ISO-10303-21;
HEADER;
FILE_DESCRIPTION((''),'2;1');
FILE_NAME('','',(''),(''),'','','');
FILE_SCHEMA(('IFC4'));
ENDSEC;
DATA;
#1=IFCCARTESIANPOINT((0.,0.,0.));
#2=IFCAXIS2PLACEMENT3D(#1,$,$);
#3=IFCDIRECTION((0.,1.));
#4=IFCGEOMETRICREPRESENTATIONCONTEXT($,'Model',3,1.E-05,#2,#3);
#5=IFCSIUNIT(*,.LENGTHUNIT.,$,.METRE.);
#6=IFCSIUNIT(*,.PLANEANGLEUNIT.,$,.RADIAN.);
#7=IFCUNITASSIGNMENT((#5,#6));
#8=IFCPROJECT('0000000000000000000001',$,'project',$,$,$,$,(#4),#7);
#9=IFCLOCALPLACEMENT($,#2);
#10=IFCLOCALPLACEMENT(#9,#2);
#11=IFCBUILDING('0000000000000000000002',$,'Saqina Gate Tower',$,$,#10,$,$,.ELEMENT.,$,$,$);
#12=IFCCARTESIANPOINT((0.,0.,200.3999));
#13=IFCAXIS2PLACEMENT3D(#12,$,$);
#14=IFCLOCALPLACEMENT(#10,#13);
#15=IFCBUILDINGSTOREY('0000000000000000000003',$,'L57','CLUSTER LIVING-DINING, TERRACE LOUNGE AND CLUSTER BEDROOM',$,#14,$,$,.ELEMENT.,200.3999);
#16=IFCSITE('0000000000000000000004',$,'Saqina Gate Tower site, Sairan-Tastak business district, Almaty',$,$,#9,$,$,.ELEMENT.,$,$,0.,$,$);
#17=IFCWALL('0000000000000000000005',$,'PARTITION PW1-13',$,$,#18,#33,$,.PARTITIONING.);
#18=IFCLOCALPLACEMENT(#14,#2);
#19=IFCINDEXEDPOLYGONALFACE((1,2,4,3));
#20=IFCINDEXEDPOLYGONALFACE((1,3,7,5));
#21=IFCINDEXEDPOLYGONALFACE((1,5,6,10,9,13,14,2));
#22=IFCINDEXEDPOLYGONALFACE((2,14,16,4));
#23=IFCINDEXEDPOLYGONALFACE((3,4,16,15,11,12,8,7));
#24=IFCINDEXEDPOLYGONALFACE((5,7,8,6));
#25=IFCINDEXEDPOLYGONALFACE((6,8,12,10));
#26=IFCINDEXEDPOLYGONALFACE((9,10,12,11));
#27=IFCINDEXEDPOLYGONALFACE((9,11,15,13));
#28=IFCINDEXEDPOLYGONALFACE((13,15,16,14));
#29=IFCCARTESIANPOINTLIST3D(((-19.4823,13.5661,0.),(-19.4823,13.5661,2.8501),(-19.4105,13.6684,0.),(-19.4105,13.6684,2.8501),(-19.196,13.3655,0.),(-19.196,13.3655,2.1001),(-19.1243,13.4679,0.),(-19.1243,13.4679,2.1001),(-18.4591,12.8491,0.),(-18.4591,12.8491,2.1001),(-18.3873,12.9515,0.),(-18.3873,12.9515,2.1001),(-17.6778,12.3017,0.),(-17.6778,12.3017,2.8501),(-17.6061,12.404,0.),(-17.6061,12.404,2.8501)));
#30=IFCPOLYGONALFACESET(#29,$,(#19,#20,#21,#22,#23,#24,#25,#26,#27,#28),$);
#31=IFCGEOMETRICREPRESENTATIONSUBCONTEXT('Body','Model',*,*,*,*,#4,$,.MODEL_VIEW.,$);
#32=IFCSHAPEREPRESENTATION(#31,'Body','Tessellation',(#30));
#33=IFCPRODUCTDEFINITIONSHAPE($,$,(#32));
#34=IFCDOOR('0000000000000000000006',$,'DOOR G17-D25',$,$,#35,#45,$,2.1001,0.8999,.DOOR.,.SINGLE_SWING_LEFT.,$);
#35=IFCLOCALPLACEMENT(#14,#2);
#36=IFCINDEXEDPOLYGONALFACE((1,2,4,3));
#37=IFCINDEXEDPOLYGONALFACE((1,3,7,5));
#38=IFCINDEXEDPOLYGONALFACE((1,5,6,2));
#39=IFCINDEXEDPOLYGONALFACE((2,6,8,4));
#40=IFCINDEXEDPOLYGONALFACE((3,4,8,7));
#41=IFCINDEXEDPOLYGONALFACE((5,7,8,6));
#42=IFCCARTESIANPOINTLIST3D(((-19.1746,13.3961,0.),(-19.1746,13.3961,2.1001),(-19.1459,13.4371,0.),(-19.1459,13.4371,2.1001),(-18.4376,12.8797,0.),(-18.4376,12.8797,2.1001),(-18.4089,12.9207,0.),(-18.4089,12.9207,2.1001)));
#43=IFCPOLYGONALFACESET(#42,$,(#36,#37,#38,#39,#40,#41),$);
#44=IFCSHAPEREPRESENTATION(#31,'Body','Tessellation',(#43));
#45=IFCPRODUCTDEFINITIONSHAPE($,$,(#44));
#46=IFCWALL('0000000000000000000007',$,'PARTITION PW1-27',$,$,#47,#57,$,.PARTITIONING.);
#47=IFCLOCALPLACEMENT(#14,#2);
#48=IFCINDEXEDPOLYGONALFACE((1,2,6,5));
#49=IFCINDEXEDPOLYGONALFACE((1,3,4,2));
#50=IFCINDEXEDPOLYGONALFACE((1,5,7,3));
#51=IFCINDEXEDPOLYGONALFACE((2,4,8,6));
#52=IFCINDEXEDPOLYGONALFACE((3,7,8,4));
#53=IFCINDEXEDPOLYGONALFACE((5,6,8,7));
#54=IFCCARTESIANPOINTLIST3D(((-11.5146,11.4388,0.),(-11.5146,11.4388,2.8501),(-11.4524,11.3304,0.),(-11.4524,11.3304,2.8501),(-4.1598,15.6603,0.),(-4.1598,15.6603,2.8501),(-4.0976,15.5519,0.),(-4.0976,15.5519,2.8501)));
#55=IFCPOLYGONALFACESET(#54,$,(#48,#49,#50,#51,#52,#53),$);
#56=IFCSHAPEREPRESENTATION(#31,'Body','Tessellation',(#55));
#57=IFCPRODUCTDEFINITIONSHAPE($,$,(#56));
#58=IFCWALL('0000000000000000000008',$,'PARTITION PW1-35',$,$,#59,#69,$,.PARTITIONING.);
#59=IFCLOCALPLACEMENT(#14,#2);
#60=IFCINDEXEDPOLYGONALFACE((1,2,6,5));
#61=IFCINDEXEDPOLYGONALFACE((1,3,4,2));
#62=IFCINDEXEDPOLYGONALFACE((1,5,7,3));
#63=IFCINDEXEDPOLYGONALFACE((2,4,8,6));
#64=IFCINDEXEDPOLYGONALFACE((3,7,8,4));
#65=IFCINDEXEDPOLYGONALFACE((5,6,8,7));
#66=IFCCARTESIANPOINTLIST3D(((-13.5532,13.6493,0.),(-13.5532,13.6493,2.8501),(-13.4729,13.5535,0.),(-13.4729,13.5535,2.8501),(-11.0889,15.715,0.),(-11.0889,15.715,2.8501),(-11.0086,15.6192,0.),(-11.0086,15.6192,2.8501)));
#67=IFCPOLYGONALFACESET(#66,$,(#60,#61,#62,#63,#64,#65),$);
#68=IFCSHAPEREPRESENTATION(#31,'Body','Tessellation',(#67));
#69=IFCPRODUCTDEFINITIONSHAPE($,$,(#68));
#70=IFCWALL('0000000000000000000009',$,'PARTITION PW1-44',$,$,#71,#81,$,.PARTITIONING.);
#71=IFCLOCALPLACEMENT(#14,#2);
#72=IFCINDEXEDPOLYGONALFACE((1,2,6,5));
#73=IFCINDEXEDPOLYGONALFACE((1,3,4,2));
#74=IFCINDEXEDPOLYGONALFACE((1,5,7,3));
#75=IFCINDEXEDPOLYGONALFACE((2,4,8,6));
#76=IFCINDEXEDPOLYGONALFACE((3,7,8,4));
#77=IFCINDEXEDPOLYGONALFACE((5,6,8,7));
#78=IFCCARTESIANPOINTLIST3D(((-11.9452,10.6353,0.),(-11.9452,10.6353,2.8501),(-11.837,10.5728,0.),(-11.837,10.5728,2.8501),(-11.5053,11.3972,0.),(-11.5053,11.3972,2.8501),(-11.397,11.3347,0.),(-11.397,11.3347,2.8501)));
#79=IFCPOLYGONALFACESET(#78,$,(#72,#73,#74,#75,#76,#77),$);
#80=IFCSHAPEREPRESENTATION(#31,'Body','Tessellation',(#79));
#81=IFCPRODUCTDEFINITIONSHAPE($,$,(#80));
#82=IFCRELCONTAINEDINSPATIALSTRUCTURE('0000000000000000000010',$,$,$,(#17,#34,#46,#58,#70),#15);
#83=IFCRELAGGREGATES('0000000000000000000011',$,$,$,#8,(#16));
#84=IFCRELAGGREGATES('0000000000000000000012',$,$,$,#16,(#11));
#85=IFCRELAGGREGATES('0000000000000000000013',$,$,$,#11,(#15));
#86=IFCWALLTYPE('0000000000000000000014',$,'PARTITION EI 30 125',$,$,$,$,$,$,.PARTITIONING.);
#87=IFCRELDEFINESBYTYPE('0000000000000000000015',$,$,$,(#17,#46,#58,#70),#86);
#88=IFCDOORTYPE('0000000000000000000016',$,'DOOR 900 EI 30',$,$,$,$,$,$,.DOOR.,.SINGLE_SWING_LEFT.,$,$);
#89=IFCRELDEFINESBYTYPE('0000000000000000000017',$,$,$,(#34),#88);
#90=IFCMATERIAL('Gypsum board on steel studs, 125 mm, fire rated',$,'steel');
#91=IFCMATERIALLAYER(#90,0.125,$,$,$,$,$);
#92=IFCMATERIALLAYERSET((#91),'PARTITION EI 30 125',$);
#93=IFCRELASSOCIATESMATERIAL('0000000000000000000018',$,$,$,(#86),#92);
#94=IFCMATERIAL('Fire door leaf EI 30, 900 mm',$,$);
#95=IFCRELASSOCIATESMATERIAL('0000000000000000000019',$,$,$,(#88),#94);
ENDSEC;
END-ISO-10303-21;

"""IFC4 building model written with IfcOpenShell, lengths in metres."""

from ifc_helpers import new_model, si_unit, direction, frame, frame_2d, origin, place, context, subcontext, project, spatial, rectangle, extrude, material, layer, layer_set, type_object, element, fill, save


model = new_model("IFC4")

# Units and contexts
model_context = context("Model", 3, precision=1e-05, world=origin(), true_north=direction((0.0, 1.0)))
body_context = subcontext(model_context, "Body", "Model", "MODEL_VIEW")
ifc_project = project(units=[si_unit("LENGTHUNIT", "METRE"), si_unit("PLANEANGLEUNIT", "RADIAN")], contexts=[model_context])

# Site, building, storey
site_placement = place(None, origin())
site = spatial("IfcSite", under=ifc_project, at=site_placement, Name="Saqina Gate Tower site, Sairan-Tastak business district, Almaty", CompositionType="ELEMENT", RefElevation=0.0)
building_placement = place(site_placement, origin())
building = spatial("IfcBuilding", under=site, at=building_placement, Name="Saqina Gate Tower", CompositionType="ELEMENT")
storey_placement = place(building_placement, frame((0.0, 0.0, 200.3999)))
storey = spatial("IfcBuildingStorey", under=building, at=storey_placement, Name="L57", Description="CLUSTER LIVING-DINING, TERRACE LOUNGE AND CLUSTER BEDROOM", CompositionType="ELEMENT", Elevation=200.3999)

# Shared definitions
ifc_material_1 = material(Name="Gypsum board on steel studs, 125 mm, fire rated", Category="steel")
ifc_layer_1 = layer(ifc_material_1, 0.125)
ifc_layer_set_1 = layer_set([ifc_layer_1], Name="PARTITION EI 30 125")
wall_type_1 = type_object("IfcWallType", Name="PARTITION EI 30 125", PredefinedType="PARTITIONING", material=ifc_layer_set_1)

# Wall, opening, door
wall_1_placement = place(storey_placement, frame((-19.4463, 13.6172, 0.0), z_axis=(0.0, 0.0, 1.0), x_axis=(0.818956, -0.573856, 0.0)))
wall_1 = element("IfcWall", 1, at=wall_1_placement, inside=storey, type_object=wall_type_1, Name="PARTITION PW1-13", PredefinedType="PARTITIONING", context=body_context, shape_type="SweptSolid", body=[
    extrude(rectangle(XDim=2.2034, YDim=0.125, at=frame_2d((1.1016, 0.0))), origin(), (0.0, 0.0, 1.0), 2.8501),
])
opening_1_placement = place(wall_1_placement, frame((0.3494, 0.0, 0.0)))
opening_1 = element("IfcOpeningElement", 2, at=opening_1_placement, cuts=wall_1, PredefinedType="OPENING", context=body_context, shape_type="SweptSolid", body=[
    extrude(rectangle(XDim=0.8999, YDim=2.1001, at=frame_2d((0.45, 1.05))), frame((0.0, 0.0745, 0.0), z_axis=(0.0, -1.0, 0.0), x_axis=(1.0, 0.0, 0.0)), (0.0, 0.0, 1.0), 0.1489),
])
ifc_material_2 = material(Name="Fire door leaf EI 30, 900 mm")
door_type_1 = type_object("IfcDoorType", Name="DOOR 900 EI 30", OperationType="SINGLE_SWING_LEFT", PredefinedType="DOOR", material=ifc_material_2)
door_1_placement = place(opening_1_placement, origin())
door_1 = element("IfcDoor", 3, at=door_1_placement, inside=storey, type_object=door_type_1, Name="DOOR G17-D25", OperationType="SINGLE_SWING_LEFT", OverallHeight=2.1001, OverallWidth=0.8999, PredefinedType="DOOR", context=body_context, shape_type="SweptSolid", body=[
    extrude(rectangle(XDim=0.8999, YDim=2.1001, at=frame_2d((0.45, 1.05))), frame((0.0, 0.0249, 0.0), z_axis=(0.0, -1.0, 0.0), x_axis=(1.0, 0.0, 0.0)), (0.0, 0.0, 1.0), 0.05),
])
fill(opening_1, door_1)

# Walls
wall_2_placement = place(storey_placement, frame((-11.4836, 11.3845, 0.0), z_axis=(0.0, 0.0, 1.0), x_axis=(0.86729, 0.497803, 0.0)))
element("IfcWall", 4, at=wall_2_placement, inside=storey, type_object=wall_type_1, Name="PARTITION PW1-27", PredefinedType="PARTITIONING", context=body_context, shape_type="SweptSolid", body=[
    extrude(rectangle(XDim=8.4802, YDim=0.125, at=frame_2d((4.2402, 0.0))), origin(), (0.0, 0.0, 1.0), 2.8501),
])
wall_3_placement = place(storey_placement, frame((-13.5132, 13.6013, 0.0), z_axis=(0.0, 0.0, 1.0), x_axis=(0.766376, 0.642392, 0.0)))
element("IfcWall", 5, at=wall_3_placement, inside=storey, type_object=wall_type_1, Name="PARTITION PW1-35", PredefinedType="PARTITIONING", context=body_context, shape_type="SweptSolid", body=[
    extrude(rectangle(XDim=3.2156, YDim=0.125, at=frame_2d((1.6079, 0.0))), origin(), (0.0, 0.0, 1.0), 2.8501),
])
wall_4_placement = place(storey_placement, frame((-11.8911, 10.604, 0.0), z_axis=(0.0, 0.0, 1.0), x_axis=(0.500019, 0.866015, 0.0)))
element("IfcWall", 6, at=wall_4_placement, inside=storey, type_object=wall_type_1, Name="PARTITION PW1-44", PredefinedType="PARTITIONING", context=body_context, shape_type="SweptSolid", body=[
    extrude(rectangle(XDim=0.8799, YDim=0.125, at=frame_2d((0.4399, 0.0))), origin(), (0.0, 0.0, 1.0), 2.8501),
])

save(model, "model.ifc")
